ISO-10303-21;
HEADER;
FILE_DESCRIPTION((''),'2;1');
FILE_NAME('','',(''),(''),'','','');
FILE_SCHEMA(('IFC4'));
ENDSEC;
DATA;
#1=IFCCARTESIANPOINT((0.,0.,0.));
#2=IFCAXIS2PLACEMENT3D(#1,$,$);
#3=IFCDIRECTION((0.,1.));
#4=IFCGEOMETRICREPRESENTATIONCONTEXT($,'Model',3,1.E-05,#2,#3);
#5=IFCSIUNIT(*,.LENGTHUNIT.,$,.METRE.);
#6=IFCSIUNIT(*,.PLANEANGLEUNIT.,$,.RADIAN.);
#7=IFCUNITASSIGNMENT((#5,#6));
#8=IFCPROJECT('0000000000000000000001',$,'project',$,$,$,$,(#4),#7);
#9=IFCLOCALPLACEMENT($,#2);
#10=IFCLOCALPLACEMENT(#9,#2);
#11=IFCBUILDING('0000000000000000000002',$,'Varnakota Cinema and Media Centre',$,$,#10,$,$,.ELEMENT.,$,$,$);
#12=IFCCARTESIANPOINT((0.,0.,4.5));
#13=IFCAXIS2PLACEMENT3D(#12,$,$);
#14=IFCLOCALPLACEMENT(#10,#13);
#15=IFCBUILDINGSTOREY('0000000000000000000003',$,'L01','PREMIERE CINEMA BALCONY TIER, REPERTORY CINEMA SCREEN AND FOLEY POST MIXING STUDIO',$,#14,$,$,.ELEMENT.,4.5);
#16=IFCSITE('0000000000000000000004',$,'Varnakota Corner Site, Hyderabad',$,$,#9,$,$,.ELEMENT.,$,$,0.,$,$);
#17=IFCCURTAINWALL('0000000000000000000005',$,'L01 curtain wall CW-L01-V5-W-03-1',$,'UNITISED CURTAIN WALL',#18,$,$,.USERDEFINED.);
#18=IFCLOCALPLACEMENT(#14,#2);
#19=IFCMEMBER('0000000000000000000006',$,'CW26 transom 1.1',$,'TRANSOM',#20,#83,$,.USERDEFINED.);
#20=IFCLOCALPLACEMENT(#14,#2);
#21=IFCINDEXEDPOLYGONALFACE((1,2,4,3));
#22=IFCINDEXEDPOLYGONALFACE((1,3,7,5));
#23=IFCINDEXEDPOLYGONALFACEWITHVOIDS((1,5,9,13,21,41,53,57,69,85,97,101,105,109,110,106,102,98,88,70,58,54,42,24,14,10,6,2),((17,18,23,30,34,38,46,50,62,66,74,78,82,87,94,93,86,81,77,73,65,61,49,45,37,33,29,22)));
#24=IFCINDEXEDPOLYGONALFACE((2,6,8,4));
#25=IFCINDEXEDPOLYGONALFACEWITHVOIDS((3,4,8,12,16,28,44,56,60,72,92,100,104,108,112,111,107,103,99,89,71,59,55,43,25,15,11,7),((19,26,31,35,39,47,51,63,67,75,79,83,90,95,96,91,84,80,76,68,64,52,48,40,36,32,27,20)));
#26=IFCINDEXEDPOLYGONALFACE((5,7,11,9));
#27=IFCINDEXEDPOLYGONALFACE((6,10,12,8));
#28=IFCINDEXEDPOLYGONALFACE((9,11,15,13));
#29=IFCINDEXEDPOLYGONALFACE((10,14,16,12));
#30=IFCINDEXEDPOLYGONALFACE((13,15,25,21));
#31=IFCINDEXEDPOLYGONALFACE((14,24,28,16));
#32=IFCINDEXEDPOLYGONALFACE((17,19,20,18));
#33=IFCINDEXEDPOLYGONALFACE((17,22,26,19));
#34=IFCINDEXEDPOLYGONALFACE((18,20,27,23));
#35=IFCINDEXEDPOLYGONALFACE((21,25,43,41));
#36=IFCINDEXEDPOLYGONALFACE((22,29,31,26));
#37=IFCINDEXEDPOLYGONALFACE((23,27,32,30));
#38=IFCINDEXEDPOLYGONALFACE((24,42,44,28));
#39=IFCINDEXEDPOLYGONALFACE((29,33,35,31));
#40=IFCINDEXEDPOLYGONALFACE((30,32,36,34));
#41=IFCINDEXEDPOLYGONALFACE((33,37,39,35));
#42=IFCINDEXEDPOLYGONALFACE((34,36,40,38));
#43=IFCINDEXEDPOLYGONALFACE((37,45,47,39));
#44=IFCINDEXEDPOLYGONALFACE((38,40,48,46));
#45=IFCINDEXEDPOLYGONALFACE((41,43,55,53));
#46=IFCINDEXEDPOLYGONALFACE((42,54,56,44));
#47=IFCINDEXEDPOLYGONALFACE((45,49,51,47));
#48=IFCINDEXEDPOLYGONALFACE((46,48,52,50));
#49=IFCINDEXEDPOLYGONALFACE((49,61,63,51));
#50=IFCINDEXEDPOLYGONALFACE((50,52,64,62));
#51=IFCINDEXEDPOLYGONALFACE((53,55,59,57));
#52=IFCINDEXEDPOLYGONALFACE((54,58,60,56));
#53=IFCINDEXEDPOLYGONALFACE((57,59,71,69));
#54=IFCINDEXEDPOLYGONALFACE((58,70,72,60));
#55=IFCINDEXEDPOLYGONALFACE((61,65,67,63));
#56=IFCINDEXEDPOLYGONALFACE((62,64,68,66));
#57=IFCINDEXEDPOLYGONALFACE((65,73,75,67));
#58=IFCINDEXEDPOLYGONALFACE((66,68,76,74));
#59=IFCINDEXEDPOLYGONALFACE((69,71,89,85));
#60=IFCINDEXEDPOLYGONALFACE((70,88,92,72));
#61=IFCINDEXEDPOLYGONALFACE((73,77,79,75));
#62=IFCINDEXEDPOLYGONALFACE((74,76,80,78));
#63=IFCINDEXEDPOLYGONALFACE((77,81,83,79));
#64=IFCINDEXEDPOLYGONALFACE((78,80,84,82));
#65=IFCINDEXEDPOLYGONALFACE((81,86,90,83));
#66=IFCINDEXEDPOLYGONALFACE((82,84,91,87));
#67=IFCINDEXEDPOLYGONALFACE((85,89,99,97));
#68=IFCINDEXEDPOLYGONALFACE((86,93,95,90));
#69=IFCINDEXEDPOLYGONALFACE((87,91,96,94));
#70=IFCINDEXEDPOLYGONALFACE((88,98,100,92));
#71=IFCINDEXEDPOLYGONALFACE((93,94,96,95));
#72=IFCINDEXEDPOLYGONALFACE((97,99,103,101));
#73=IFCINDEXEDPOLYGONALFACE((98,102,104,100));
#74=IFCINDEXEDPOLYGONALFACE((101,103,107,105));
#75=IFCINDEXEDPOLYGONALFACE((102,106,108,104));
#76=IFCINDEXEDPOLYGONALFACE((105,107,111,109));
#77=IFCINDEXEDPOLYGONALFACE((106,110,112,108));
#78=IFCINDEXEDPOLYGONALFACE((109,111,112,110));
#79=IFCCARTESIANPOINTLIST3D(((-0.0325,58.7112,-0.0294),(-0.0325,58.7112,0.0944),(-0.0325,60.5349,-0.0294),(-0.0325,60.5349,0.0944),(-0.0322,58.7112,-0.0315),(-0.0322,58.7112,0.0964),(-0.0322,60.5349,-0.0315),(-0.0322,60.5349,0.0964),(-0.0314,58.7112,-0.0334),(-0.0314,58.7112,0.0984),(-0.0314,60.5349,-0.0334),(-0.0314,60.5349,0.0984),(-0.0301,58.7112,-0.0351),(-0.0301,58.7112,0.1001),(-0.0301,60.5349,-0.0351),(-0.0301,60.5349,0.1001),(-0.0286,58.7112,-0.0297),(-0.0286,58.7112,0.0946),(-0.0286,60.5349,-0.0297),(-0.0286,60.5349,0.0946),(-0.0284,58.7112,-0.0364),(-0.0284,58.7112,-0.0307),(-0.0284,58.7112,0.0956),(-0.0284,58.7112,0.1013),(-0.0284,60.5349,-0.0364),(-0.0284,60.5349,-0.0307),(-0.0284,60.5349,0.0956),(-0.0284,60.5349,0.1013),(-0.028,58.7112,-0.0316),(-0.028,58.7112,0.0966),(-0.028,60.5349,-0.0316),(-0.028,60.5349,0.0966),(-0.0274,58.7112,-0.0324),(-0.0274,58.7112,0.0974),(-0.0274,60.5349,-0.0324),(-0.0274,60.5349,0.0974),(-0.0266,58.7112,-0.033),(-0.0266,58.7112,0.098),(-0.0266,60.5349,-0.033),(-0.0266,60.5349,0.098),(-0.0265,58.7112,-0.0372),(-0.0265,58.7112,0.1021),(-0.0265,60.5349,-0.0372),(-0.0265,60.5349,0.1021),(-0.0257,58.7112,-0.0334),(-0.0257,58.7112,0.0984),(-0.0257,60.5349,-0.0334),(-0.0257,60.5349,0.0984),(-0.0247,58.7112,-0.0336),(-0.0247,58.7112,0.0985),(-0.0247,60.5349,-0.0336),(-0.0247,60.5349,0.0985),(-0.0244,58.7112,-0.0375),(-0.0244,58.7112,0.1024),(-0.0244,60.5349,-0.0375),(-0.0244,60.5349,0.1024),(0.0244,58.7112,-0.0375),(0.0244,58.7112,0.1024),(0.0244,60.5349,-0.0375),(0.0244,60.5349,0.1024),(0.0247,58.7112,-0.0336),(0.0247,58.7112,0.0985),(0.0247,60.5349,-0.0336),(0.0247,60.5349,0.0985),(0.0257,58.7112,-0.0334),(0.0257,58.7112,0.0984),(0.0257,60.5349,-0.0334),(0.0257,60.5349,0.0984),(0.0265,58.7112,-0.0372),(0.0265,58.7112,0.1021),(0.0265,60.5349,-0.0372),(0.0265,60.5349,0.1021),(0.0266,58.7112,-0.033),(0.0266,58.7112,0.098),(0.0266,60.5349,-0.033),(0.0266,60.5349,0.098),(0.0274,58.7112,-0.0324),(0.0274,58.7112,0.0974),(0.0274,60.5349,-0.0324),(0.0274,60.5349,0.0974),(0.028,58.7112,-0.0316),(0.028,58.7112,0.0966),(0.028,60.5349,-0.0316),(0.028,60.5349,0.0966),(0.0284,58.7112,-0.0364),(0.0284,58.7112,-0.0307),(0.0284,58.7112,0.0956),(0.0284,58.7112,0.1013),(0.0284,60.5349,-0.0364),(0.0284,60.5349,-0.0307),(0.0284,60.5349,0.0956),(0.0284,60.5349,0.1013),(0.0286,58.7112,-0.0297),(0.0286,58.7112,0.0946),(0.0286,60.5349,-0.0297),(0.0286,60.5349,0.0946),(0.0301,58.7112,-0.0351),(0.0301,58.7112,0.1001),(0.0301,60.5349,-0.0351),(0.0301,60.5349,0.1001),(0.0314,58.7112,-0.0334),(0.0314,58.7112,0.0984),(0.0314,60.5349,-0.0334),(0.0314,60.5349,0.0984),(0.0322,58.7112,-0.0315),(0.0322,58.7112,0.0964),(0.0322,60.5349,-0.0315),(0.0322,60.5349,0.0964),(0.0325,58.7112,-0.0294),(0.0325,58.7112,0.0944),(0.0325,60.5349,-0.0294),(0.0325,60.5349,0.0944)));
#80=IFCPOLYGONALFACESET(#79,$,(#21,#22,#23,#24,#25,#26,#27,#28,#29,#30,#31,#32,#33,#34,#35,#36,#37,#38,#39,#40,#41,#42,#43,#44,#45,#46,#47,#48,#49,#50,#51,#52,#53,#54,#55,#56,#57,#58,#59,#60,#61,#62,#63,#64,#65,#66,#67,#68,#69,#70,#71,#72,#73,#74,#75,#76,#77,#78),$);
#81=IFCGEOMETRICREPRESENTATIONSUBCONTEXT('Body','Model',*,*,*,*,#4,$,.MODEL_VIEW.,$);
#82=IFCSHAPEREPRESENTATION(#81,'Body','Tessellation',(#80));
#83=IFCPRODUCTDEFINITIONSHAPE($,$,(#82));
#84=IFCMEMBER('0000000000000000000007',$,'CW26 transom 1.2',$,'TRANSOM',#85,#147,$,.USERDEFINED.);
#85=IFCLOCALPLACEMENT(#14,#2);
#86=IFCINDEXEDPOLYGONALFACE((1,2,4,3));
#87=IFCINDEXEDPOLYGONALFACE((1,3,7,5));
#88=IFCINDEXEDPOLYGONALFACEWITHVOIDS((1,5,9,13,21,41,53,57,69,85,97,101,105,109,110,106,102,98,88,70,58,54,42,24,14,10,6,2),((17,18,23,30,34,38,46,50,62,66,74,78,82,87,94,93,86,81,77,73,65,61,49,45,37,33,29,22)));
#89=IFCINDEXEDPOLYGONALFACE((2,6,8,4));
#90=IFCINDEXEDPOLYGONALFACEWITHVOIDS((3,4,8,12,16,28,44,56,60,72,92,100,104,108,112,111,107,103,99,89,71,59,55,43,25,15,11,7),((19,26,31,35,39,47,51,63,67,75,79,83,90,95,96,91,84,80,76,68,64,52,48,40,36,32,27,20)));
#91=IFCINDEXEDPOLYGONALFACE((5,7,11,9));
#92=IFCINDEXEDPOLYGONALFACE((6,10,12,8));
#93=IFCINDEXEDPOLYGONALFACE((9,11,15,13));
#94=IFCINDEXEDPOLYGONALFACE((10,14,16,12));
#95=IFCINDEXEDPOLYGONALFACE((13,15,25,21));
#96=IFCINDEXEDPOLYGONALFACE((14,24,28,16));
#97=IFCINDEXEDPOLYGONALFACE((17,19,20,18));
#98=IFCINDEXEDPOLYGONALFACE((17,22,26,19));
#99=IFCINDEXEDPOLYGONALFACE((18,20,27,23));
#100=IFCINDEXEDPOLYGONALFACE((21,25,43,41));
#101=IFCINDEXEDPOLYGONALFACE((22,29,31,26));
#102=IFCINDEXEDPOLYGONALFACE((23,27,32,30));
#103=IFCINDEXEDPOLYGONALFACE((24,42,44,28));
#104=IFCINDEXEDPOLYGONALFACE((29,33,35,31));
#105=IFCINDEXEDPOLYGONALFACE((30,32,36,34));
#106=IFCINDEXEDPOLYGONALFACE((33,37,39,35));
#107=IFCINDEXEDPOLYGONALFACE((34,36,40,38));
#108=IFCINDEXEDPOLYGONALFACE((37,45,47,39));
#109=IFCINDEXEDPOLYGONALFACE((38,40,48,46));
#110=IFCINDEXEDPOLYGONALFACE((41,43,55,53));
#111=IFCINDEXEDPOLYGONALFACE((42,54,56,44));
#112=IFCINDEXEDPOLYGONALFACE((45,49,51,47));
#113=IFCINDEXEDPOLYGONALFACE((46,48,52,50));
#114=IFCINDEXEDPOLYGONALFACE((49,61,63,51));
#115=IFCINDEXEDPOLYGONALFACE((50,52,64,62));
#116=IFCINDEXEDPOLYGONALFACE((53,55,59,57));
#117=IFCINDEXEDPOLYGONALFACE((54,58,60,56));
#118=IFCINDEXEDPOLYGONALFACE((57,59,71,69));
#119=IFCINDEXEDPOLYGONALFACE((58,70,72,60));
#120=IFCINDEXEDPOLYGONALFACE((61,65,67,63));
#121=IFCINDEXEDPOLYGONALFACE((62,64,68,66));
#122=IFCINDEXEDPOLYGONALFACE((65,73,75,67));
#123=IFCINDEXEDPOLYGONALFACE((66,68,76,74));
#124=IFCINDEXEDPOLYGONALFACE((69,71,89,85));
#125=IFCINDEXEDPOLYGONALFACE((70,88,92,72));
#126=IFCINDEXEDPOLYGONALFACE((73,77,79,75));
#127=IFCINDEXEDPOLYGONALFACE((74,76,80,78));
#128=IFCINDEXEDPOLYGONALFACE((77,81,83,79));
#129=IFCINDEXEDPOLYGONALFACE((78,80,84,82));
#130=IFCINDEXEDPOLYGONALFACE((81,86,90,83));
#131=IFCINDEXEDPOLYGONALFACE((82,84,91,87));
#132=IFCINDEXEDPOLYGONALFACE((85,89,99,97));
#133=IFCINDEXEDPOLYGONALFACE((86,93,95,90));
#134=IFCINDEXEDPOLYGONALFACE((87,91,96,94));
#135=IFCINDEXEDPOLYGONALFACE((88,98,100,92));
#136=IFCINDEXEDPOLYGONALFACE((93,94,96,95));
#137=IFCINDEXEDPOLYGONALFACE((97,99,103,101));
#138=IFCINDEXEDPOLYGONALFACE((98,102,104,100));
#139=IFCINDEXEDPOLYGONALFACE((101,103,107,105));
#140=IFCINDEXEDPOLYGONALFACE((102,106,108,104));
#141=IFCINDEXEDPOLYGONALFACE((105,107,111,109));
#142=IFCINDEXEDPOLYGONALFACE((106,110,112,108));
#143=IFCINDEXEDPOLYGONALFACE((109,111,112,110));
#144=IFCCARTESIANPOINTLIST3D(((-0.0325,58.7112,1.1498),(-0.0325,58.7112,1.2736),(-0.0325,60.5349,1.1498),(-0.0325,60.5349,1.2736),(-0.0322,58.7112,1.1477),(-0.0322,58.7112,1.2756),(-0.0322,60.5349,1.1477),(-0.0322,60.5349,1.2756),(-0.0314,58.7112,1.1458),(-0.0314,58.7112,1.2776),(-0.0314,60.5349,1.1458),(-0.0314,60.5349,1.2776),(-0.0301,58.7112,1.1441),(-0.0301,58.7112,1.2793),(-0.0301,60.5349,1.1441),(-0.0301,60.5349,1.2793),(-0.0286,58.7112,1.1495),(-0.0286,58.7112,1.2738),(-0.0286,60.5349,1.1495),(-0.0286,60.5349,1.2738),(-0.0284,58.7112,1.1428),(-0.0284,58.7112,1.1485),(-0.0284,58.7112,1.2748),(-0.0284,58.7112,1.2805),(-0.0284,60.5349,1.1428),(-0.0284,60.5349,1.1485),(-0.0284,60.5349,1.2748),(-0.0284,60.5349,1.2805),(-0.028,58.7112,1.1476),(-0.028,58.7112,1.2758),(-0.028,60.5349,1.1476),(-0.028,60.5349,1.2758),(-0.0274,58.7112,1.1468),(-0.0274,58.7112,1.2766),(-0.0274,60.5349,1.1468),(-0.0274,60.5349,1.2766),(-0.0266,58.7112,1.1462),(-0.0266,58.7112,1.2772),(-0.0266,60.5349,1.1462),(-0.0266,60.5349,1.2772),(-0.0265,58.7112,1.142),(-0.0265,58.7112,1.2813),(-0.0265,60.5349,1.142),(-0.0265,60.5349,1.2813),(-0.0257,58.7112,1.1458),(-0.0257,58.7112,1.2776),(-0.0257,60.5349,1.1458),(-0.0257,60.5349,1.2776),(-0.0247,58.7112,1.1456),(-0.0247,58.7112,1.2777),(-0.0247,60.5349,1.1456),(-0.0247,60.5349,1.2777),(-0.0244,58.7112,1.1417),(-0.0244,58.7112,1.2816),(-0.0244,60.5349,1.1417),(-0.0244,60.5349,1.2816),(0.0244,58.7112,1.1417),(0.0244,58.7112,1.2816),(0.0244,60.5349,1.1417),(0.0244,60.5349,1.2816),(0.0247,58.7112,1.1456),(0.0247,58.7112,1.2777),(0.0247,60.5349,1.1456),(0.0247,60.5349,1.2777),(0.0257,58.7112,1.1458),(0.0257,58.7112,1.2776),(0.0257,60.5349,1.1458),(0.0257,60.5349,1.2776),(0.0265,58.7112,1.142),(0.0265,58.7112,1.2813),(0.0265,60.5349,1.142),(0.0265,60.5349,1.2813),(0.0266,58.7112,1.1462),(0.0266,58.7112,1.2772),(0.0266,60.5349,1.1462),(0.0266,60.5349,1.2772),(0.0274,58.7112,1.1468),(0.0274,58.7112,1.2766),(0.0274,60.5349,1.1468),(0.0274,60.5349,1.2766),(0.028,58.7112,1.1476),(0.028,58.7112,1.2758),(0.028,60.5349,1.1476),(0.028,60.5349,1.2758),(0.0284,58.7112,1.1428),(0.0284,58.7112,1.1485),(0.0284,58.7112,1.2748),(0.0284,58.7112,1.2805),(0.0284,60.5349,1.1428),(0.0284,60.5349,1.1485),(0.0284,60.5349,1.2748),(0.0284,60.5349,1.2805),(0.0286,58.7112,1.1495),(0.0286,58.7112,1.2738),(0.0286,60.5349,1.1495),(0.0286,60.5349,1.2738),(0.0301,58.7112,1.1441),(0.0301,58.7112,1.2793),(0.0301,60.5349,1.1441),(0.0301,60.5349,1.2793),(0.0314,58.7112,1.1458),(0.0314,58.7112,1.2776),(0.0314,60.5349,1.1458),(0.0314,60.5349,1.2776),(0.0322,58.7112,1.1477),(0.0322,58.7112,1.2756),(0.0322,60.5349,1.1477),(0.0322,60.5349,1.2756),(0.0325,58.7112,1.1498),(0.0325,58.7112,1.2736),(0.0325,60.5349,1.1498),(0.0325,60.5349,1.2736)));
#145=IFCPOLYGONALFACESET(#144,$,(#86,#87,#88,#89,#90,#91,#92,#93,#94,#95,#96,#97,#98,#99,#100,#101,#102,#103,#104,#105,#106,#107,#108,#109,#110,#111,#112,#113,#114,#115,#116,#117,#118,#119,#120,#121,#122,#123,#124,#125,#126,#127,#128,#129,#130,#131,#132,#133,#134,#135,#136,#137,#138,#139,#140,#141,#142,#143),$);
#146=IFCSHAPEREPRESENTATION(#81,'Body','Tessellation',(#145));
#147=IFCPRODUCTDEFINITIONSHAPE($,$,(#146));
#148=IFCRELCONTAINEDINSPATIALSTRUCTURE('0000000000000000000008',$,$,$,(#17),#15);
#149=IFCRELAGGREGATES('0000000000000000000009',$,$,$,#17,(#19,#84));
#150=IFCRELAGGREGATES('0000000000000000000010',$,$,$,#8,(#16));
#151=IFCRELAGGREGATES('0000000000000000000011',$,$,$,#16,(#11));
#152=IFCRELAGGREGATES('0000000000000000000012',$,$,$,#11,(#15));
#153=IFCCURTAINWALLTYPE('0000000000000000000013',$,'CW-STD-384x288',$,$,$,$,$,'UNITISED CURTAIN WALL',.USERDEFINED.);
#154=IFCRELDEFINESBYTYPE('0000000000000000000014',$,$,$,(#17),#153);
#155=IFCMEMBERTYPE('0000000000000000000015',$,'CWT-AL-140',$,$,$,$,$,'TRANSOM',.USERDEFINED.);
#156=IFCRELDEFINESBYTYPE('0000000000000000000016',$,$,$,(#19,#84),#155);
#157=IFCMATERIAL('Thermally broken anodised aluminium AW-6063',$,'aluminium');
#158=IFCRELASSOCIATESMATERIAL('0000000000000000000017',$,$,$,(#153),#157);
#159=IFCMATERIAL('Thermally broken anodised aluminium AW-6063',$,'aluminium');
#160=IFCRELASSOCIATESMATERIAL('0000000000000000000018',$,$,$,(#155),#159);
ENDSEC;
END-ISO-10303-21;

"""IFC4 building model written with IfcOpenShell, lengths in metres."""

from ifc_helpers import new_model, si_unit, direction, frame, origin, origin_2d, place, context, subcontext, project, spatial, hollow_rectangle, extrude, material, material_profile, profile_set, type_object, element, aggregate, save


model = new_model("IFC4")

# Units and contexts
model_context = context("Model", 3, precision=1e-05, world=origin(), true_north=direction((0.0, 1.0)))
body_context = subcontext(model_context, "Body", "Model", "MODEL_VIEW")
ifc_project = project(units=[si_unit("LENGTHUNIT", "METRE"), si_unit("PLANEANGLEUNIT", "RADIAN")], contexts=[model_context])

# Site, building, storey
site_placement = place(None, origin())
site = spatial("IfcSite", under=ifc_project, at=site_placement, Name="Varnakota Corner Site, Hyderabad", CompositionType="ELEMENT", RefElevation=0.0)
building_placement = place(site_placement, origin())
building = spatial("IfcBuilding", under=site, at=building_placement, Name="Varnakota Cinema and Media Centre", CompositionType="ELEMENT")
storey_placement = place(building_placement, frame((0.0, 0.0, 4.5)))
storey = spatial("IfcBuildingStorey", under=building, at=storey_placement, Name="L01", Description="PREMIERE CINEMA BALCONY TIER, REPERTORY CINEMA SCREEN AND FOLEY POST MIXING STUDIO", CompositionType="ELEMENT", Elevation=4.5)

# Curtain wall
ifc_material_1 = material(Name="Thermally broken anodised aluminium AW-6063", Category="aluminium")
curtain_wall_type = type_object("IfcCurtainWallType", Name="CW-STD-384x288", ElementType="UNITISED CURTAIN WALL", PredefinedType="USERDEFINED", material=ifc_material_1)
curtain_wall_1_placement = place(storey_placement, origin())
curtain_wall_1 = element("IfcCurtainWall", 1, at=curtain_wall_1_placement, inside=storey, type_object=curtain_wall_type, Name="L01 curtain wall CW-L01-V5-W-03-1", ObjectType="UNITISED CURTAIN WALL", PredefinedType="USERDEFINED")

# Members
ifc_material_2 = material(Name="Thermally broken anodised aluminium AW-6063", Category="aluminium")
ifc_material_profile_1 = material_profile(ifc_material_2, hollow_rectangle(XDim=0.0649, YDim=0.1399, WallThickness=0.0039, InnerFilletRadius=0.0039, OuterFilletRadius=0.0081, at=origin_2d()), Name="AL-TRANSOM 140x65x4")
ifc_profile_set_1 = profile_set([ifc_material_profile_1], Name="Thermally broken anodised aluminium AW-6063")
member_type_1 = type_object("IfcMemberType", Name="CWT-AL-140", ElementType="TRANSOM", PredefinedType="USERDEFINED", material=ifc_profile_set_1)
member_1_placement = place(storey_placement, frame((0.0, 60.5349, 0.0325), z_axis=(0.0, -1.0, 0.0), x_axis=(1.0, 0.0, 0.0)))
member_1 = element("IfcMember", 2, at=member_1_placement, type_object=member_type_1, Name="CW26 transom 1.1", ObjectType="TRANSOM", PredefinedType="USERDEFINED", context=body_context, shape_type="SweptSolid", body=[
    extrude(hollow_rectangle(XDim=0.0649, YDim=0.1399, WallThickness=0.0039, InnerFilletRadius=0.0039, OuterFilletRadius=0.0081, at=origin_2d()), origin(), (0.0, 0.0, 1.0), 1.8237),
])
member_2_placement = place(storey_placement, frame((0.0, 60.5349, 1.2117), z_axis=(0.0, -1.0, 0.0), x_axis=(1.0, 0.0, 0.0)))
member_2 = element("IfcMember", 3, at=member_2_placement, type_object=member_type_1, Name="CW26 transom 1.2", ObjectType="TRANSOM", PredefinedType="USERDEFINED", context=body_context, shape_type="SweptSolid", body=[
    extrude(hollow_rectangle(XDim=0.0649, YDim=0.1399, WallThickness=0.0039, InnerFilletRadius=0.0039, OuterFilletRadius=0.0081, at=origin_2d()), origin(), (0.0, 0.0, 1.0), 1.8237),
])

aggregate(curtain_wall_1, [member_1, member_2])

save(model, "model.ifc")
